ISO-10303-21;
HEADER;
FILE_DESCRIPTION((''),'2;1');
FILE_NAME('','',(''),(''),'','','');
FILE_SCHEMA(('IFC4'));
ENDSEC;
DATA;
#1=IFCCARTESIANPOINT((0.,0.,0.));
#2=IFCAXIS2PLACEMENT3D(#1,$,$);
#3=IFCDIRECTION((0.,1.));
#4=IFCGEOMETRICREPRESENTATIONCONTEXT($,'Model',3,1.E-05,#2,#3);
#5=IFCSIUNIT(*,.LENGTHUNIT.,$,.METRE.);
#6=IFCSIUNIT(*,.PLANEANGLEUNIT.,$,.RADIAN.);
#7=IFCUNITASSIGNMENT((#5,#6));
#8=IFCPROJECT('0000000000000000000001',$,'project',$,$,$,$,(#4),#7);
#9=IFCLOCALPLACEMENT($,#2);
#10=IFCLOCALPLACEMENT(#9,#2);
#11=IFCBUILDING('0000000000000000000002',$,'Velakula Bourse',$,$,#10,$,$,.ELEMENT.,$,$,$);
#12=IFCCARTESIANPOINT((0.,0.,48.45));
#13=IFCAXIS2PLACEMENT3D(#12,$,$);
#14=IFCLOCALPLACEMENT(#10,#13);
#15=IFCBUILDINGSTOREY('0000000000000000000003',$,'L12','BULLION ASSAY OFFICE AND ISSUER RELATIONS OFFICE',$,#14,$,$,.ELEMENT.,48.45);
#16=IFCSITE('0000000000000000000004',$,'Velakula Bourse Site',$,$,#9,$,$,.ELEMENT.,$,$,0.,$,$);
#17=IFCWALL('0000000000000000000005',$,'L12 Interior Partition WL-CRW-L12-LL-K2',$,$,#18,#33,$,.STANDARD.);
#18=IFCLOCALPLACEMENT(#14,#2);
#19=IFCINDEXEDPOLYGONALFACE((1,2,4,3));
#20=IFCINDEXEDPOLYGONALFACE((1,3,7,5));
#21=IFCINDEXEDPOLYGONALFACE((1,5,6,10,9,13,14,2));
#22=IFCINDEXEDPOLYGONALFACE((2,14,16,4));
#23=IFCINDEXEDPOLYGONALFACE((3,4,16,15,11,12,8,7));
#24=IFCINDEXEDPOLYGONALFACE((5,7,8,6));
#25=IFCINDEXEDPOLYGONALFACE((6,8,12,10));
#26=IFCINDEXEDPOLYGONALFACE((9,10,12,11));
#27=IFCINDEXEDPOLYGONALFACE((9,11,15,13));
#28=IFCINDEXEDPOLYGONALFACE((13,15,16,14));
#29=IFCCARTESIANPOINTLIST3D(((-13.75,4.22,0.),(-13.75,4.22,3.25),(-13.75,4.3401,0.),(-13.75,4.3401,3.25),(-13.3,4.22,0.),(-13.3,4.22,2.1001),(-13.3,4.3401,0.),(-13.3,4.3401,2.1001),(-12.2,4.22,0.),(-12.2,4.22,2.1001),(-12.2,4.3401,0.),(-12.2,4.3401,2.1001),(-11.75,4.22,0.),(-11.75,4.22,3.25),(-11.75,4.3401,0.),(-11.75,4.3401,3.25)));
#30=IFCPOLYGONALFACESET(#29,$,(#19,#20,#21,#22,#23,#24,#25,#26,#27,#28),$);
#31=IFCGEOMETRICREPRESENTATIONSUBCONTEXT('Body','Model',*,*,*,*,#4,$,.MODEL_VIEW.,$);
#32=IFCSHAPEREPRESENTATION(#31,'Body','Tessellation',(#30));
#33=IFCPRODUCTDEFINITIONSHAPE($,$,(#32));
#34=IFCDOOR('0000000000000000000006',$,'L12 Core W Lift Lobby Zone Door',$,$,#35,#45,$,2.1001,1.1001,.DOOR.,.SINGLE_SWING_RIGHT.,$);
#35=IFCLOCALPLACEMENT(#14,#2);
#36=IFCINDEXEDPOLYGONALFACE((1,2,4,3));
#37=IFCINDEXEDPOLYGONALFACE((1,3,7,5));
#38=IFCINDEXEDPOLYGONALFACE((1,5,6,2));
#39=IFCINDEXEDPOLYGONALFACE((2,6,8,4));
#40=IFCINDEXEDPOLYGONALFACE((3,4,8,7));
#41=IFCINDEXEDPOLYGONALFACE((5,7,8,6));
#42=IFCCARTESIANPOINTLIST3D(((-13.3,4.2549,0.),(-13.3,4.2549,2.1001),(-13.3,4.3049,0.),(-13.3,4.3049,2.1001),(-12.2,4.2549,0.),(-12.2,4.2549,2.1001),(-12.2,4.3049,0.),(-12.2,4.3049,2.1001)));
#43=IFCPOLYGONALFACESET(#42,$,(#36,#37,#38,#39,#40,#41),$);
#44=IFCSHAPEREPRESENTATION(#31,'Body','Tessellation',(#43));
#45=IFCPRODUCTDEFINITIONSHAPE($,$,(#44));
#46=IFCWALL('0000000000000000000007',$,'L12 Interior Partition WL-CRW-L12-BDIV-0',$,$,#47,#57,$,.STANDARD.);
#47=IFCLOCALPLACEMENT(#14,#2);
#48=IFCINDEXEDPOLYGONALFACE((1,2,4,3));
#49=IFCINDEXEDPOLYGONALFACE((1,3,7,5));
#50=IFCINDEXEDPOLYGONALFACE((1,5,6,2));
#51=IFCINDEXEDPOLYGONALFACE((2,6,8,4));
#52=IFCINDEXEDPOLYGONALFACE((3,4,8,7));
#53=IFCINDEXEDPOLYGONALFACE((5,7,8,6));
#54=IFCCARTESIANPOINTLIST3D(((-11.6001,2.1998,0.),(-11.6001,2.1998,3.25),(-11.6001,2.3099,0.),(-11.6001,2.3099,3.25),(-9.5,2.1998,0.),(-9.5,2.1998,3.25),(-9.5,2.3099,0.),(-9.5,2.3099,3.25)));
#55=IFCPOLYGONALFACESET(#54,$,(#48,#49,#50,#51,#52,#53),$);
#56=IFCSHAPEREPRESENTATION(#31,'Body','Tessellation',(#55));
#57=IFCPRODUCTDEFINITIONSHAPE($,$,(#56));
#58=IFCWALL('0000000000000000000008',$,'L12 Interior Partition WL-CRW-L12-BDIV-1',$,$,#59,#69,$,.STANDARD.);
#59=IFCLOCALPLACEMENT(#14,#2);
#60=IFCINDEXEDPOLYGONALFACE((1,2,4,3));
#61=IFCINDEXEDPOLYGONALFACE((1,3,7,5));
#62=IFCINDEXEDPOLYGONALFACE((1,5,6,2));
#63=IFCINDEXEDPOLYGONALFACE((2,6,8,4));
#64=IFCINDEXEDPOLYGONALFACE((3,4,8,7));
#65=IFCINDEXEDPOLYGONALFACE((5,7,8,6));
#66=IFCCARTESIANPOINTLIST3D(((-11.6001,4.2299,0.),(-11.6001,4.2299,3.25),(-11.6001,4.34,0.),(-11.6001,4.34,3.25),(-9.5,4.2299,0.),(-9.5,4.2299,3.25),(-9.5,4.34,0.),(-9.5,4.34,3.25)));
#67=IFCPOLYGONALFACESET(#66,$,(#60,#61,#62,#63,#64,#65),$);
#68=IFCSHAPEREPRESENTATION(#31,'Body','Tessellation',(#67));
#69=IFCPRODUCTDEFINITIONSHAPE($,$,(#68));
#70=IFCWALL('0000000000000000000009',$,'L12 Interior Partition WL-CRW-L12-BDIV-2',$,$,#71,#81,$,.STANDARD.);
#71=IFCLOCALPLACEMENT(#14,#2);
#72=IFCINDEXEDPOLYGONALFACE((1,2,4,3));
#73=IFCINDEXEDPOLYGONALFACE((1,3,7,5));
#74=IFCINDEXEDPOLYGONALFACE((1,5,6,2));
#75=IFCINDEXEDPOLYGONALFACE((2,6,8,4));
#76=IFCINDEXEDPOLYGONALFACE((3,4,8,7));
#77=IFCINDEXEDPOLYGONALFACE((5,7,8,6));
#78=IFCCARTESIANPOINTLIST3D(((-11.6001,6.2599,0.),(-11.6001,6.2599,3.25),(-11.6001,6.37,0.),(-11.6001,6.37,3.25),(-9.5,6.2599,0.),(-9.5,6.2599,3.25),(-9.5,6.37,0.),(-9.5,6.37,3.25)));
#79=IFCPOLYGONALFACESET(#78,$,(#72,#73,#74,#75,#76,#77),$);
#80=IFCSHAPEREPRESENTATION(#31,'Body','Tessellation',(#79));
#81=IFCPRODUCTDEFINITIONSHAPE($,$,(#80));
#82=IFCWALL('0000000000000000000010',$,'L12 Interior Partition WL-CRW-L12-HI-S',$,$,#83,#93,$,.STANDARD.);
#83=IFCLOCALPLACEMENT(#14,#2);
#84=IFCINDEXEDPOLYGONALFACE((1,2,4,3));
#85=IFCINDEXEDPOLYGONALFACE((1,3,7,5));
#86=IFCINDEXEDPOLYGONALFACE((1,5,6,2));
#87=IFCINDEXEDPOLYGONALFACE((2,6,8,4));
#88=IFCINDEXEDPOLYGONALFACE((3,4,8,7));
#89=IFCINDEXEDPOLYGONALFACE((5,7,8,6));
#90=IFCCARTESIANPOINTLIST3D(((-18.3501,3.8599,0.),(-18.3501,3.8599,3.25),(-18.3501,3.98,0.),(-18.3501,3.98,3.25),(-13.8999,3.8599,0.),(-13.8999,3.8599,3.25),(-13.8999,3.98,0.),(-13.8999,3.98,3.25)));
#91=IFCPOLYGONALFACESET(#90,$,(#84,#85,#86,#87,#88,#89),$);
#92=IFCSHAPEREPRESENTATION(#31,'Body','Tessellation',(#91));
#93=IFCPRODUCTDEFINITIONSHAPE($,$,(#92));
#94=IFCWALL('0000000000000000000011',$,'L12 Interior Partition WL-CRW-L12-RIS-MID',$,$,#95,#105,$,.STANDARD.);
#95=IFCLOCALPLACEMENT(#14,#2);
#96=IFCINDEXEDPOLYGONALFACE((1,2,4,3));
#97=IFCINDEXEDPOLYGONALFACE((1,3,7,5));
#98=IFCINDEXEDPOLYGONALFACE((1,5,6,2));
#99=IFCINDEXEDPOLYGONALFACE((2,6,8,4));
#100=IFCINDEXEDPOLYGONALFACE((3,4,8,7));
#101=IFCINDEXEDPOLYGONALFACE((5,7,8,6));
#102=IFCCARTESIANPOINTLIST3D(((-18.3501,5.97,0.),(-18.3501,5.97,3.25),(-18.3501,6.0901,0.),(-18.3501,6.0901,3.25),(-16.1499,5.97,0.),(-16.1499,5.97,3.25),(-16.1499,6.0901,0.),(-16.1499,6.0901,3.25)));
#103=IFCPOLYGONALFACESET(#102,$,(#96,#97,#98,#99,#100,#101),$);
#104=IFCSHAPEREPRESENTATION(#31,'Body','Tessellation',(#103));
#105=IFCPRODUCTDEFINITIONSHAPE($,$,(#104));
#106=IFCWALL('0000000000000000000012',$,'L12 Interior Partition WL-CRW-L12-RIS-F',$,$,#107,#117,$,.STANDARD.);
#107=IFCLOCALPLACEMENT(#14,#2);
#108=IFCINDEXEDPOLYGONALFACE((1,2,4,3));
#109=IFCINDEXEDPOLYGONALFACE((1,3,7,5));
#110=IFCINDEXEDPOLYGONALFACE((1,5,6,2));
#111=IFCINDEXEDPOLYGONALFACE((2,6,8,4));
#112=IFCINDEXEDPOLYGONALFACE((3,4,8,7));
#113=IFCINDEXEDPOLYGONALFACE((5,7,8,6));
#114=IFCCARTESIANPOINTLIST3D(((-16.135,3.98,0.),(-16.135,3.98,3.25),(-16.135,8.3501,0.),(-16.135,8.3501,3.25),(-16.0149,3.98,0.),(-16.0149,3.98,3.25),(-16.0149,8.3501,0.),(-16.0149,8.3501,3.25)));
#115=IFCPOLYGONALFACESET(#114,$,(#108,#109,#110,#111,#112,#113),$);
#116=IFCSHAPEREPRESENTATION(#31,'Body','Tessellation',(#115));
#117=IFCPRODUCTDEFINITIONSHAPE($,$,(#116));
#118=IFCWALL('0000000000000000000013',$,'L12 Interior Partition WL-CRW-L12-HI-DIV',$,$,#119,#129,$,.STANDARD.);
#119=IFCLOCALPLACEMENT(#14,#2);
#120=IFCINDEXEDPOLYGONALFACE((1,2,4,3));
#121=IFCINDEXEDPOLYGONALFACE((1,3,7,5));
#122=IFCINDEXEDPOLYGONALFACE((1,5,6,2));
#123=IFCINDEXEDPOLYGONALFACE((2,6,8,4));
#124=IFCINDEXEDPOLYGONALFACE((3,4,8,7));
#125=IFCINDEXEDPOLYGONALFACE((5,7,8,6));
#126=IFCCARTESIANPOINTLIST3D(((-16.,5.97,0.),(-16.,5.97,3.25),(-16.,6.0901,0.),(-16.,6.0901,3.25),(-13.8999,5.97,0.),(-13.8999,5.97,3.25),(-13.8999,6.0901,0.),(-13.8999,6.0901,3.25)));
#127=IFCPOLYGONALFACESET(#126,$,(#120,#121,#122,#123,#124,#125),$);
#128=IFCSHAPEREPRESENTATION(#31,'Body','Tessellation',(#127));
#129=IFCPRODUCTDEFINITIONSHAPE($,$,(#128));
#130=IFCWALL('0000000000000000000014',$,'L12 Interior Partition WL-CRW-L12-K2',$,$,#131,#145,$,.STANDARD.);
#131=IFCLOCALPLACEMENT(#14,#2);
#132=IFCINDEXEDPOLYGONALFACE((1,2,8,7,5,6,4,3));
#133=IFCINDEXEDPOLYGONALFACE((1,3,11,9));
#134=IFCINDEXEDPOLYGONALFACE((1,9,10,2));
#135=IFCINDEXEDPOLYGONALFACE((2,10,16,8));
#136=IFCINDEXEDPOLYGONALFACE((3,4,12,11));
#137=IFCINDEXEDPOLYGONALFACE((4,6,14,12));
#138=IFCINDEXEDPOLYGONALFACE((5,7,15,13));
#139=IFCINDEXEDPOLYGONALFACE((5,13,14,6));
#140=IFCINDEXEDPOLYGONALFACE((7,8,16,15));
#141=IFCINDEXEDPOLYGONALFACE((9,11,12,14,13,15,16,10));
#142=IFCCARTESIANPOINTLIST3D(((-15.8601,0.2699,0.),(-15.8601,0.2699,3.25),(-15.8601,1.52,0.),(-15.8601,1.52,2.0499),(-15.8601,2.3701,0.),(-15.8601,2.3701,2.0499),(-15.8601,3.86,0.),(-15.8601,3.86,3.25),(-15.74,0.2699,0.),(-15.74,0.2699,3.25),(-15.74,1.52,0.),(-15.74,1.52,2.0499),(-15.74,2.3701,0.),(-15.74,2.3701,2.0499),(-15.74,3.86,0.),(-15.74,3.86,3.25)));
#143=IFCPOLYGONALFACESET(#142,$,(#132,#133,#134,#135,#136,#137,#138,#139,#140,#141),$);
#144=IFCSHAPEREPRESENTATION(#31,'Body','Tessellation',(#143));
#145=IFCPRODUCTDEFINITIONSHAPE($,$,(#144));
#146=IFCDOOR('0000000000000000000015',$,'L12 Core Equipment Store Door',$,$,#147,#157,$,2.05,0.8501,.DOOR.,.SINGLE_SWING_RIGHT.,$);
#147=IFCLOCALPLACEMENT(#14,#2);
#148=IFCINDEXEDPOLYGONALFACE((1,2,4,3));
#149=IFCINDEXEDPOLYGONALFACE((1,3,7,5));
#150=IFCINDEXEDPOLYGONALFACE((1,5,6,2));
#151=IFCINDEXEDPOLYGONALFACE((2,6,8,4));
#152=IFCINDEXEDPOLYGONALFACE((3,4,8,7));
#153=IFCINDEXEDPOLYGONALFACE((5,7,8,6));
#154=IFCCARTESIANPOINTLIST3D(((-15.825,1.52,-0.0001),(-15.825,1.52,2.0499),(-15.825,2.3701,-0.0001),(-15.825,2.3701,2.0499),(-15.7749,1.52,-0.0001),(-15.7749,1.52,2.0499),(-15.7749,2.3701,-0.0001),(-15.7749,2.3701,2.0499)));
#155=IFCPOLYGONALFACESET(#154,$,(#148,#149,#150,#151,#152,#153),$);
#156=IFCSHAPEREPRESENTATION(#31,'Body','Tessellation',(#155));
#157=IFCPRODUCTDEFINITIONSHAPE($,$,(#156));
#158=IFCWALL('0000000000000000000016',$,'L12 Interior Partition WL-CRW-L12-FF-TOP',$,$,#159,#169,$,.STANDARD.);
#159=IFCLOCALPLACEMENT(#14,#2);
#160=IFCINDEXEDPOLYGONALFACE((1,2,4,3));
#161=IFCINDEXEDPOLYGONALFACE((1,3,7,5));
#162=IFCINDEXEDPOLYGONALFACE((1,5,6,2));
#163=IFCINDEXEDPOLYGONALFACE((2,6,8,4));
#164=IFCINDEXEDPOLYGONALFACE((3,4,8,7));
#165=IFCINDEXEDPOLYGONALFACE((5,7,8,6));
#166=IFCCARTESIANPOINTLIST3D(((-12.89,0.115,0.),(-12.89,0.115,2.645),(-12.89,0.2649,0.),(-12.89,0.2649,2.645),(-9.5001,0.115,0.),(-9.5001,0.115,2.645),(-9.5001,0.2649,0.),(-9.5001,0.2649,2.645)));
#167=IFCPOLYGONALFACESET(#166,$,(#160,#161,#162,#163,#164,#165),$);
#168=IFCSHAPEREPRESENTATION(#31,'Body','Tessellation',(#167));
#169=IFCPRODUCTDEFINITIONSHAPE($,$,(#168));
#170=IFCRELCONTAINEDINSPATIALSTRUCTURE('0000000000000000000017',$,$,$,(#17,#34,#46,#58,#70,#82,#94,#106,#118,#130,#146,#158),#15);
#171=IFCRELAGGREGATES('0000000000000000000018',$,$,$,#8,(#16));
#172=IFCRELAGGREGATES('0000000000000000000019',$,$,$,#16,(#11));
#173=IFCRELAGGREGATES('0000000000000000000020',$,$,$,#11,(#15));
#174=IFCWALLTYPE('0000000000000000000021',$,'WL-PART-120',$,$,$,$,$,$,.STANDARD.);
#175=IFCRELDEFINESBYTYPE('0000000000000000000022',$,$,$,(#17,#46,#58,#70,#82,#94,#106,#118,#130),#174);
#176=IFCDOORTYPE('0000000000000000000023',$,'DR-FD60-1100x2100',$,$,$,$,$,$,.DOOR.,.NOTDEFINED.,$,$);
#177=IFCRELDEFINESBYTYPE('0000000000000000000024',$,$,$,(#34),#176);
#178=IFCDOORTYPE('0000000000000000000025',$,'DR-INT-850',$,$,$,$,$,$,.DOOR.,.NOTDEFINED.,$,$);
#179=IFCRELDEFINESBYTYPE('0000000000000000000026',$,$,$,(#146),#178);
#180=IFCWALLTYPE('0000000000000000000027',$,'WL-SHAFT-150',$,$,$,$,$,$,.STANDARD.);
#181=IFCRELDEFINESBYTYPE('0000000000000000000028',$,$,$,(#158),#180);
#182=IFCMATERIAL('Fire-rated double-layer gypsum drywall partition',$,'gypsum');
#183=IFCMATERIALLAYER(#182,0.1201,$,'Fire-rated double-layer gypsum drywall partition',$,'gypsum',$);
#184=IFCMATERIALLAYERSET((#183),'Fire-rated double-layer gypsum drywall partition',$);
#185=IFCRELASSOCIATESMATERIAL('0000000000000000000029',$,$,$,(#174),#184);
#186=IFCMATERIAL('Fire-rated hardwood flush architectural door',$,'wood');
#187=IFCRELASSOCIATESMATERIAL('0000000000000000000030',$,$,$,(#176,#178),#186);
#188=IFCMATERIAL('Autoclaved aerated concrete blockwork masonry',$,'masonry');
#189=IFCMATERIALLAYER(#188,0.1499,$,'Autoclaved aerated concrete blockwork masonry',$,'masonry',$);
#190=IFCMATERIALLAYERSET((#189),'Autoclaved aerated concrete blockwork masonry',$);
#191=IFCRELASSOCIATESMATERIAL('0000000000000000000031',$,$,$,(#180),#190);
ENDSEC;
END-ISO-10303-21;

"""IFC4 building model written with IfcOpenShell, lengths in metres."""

from ifc_helpers import new_model, si_unit, direction, frame, frame_2d, origin, place, context, subcontext, project, spatial, rectangle, extrude, material, layer, layer_set, type_object, element, fill, save


model = new_model("IFC4")

# Units and contexts
model_context = context("Model", 3, precision=1e-05, world=origin(), true_north=direction((0.0, 1.0)))
body_context = subcontext(model_context, "Body", "Model", "MODEL_VIEW")
ifc_project = project(units=[si_unit("LENGTHUNIT", "METRE"), si_unit("PLANEANGLEUNIT", "RADIAN")], contexts=[model_context])

# Site, building, storey
site_placement = place(None, origin())
site = spatial("IfcSite", under=ifc_project, at=site_placement, Name="Velakula Bourse Site", CompositionType="ELEMENT", RefElevation=0.0)
building_placement = place(site_placement, origin())
building = spatial("IfcBuilding", under=site, at=building_placement, Name="Velakula Bourse", CompositionType="ELEMENT")
storey_placement = place(building_placement, frame((0.0, 0.0, 48.45)))
storey = spatial("IfcBuildingStorey", under=building, at=storey_placement, Name="L12", Description="BULLION ASSAY OFFICE AND ISSUER RELATIONS OFFICE", CompositionType="ELEMENT", Elevation=48.45)

# Wall, opening, door
ifc_material_1 = material(Name="Fire-rated double-layer gypsum drywall partition", Category="gypsum")
ifc_layer_1 = layer(ifc_material_1, 0.1201, Name="Fire-rated double-layer gypsum drywall partition", Category="gypsum")
ifc_layer_set_1 = layer_set([ifc_layer_1], Name="Fire-rated double-layer gypsum drywall partition")
wall_type_1 = type_object("IfcWallType", Name="WL-PART-120", PredefinedType="STANDARD", material=ifc_layer_set_1)
wall_1_placement = place(storey_placement, frame((-13.75, 4.28, 0.0), z_axis=(0.0, 0.0, 1.0), x_axis=(1.0, 0.0, 0.0)))
wall_1 = element("IfcWall", 1, at=wall_1_placement, inside=storey, type_object=wall_type_1, Name="L12 Interior Partition WL-CRW-L12-LL-K2", PredefinedType="STANDARD", context=body_context, shape_type="SweptSolid", body=[
    extrude(rectangle(XDim=2.0, YDim=0.1201, at=frame_2d((1.0, 0.0))), origin(), (0.0, 0.0, 1.0), 3.25),
])
opening_1_placement = place(wall_1_placement, frame((0.45, 0.0, 0.0)))
opening_1 = element("IfcOpeningElement", 2, at=opening_1_placement, cuts=wall_1, PredefinedType="OPENING", context=body_context, shape_type="SweptSolid", body=[
    extrude(rectangle(XDim=1.1001, YDim=2.1001, at=frame_2d((0.55, 1.05))), frame((0.0, 0.0701, 0.0), z_axis=(0.0, -1.0, 0.0), x_axis=(1.0, 0.0, 0.0)), (0.0, 0.0, 1.0), 0.1401),
])
ifc_material_2 = material(Name="Fire-rated hardwood flush architectural door", Category="wood")
door_type_1 = type_object("IfcDoorType", Name="DR-FD60-1100x2100", OperationType="NOTDEFINED", PredefinedType="DOOR", material=ifc_material_2)
door_1_placement = place(opening_1_placement, origin())
door_1 = element("IfcDoor", 3, at=door_1_placement, inside=storey, type_object=door_type_1, Name="L12 Core W Lift Lobby Zone Door", OperationType="SINGLE_SWING_RIGHT", OverallHeight=2.1001, OverallWidth=1.1001, PredefinedType="DOOR", context=body_context, shape_type="SweptSolid", body=[
    extrude(rectangle(XDim=1.1001, YDim=2.1001, at=frame_2d((0.55, 1.05))), frame((0.0, 0.0249, 0.0), z_axis=(0.0, -1.0, 0.0), x_axis=(1.0, 0.0, 0.0)), (0.0, 0.0, 1.0), 0.05),
])
fill(opening_1, door_1)

# Walls
for number, where, z_axis, x_axis, name in (
    (4, (-11.6001, 2.2549, 0.0), (0.0, 0.0, 1.0), (1.0, 0.0, 0.0), "L12 Interior Partition WL-CRW-L12-BDIV-0"),
    (5, (-11.6001, 4.2849, 0.0), (0.0, 0.0, 1.0), (1.0, 0.0, 0.0), "L12 Interior Partition WL-CRW-L12-BDIV-1"),
    (6, (-11.6001, 6.3149, 0.0), (0.0, 0.0, 1.0), (1.0, 0.0, 0.0), "L12 Interior Partition WL-CRW-L12-BDIV-2"),
):
    element("IfcWall", number, at=place(storey_placement, frame(where, z_axis=z_axis, x_axis=x_axis)), inside=storey, type_object=wall_type_1, Name=name, PredefinedType="STANDARD", context=body_context, shape_type="SweptSolid", body=[
        extrude(rectangle(XDim=2.1001, YDim=0.1101, at=frame_2d((1.05, 0.0))), origin(), (0.0, 0.0, 1.0), 3.25),
    ])
wall_2_placement = place(storey_placement, frame((-18.3501, 3.9199, 0.0), z_axis=(0.0, 0.0, 1.0), x_axis=(1.0, 0.0, 0.0)))
element("IfcWall", 7, at=wall_2_placement, inside=storey, type_object=wall_type_1, Name="L12 Interior Partition WL-CRW-L12-HI-S", PredefinedType="STANDARD", context=body_context, shape_type="SweptSolid", body=[
    extrude(rectangle(XDim=4.4502, YDim=0.1201, at=frame_2d((2.2251, 0.0))), origin(), (0.0, 0.0, 1.0), 3.25),
])
wall_3_placement = place(storey_placement, frame((-18.3501, 6.03, 0.0), z_axis=(0.0, 0.0, 1.0), x_axis=(1.0, 0.0, 0.0)))
element("IfcWall", 8, at=wall_3_placement, inside=storey, type_object=wall_type_1, Name="L12 Interior Partition WL-CRW-L12-RIS-MID", PredefinedType="STANDARD", context=body_context, shape_type="SweptSolid", body=[
    extrude(rectangle(XDim=2.2002, YDim=0.1201, at=frame_2d((1.1001, 0.0))), origin(), (0.0, 0.0, 1.0), 3.25),
])
wall_4_placement = place(storey_placement, frame((-16.075, 3.98, 0.0), z_axis=(0.0, 0.0, 1.0), x_axis=(0.0, 1.0, 0.0)))
element("IfcWall", 9, at=wall_4_placement, inside=storey, type_object=wall_type_1, Name="L12 Interior Partition WL-CRW-L12-RIS-F", PredefinedType="STANDARD", context=body_context, shape_type="SweptSolid", body=[
    extrude(rectangle(XDim=4.3701, YDim=0.1201, at=frame_2d((2.1851, 0.0))), origin(), (0.0, 0.0, 1.0), 3.25),
])
wall_5_placement = place(storey_placement, frame((-16.0, 6.03, 0.0), z_axis=(0.0, 0.0, 1.0), x_axis=(1.0, 0.0, 0.0)))
element("IfcWall", 10, at=wall_5_placement, inside=storey, type_object=wall_type_1, Name="L12 Interior Partition WL-CRW-L12-HI-DIV", PredefinedType="STANDARD", context=body_context, shape_type="SweptSolid", body=[
    extrude(rectangle(XDim=2.1001, YDim=0.1201, at=frame_2d((1.05, 0.0))), origin(), (0.0, 0.0, 1.0), 3.25),
])

# Wall, opening, door
wall_6_placement = place(storey_placement, frame((-15.8, 0.27, 0.0), z_axis=(0.0, 0.0, 1.0), x_axis=(0.0, 1.0, 0.0)))
wall_6 = element("IfcWall", 11, at=wall_6_placement, inside=storey, type_object=wall_type_1, Name="L12 Interior Partition WL-CRW-L12-K2", PredefinedType="STANDARD", context=body_context, shape_type="SweptSolid", body=[
    extrude(rectangle(XDim=3.5901, YDim=0.1201, at=frame_2d((1.7949, 0.0))), origin(), (0.0, 0.0, 1.0), 3.25),
])
opening_2_placement = place(wall_6_placement, frame((1.25, 0.0, 0.0)))
opening_2 = element("IfcOpeningElement", 12, at=opening_2_placement, cuts=wall_6, PredefinedType="OPENING", context=body_context, shape_type="SweptSolid", body=[
    extrude(rectangle(XDim=0.8501, YDim=2.05, at=frame_2d((0.425, 1.0249))), frame((0.0, 0.0701, 0.0), z_axis=(0.0, -1.0, 0.0), x_axis=(1.0, 0.0, 0.0)), (0.0, 0.0, 1.0), 0.1401),
])
door_type_2 = type_object("IfcDoorType", Name="DR-INT-850", OperationType="NOTDEFINED", PredefinedType="DOOR", material=ifc_material_2)
door_2_placement = place(opening_2_placement, origin())
door_2 = element("IfcDoor", 13, at=door_2_placement, inside=storey, type_object=door_type_2, Name="L12 Core Equipment Store Door", OperationType="SINGLE_SWING_RIGHT", OverallHeight=2.05, OverallWidth=0.8501, PredefinedType="DOOR", context=body_context, shape_type="SweptSolid", body=[
    extrude(rectangle(XDim=0.8501, YDim=2.05, at=frame_2d((0.425, 1.0249))), frame((0.0, 0.0249, 0.0), z_axis=(0.0, -1.0, 0.0), x_axis=(1.0, 0.0, 0.0)), (0.0, 0.0, 1.0), 0.05),
])
fill(opening_2, door_2)

# Wall
ifc_material_3 = material(Name="Autoclaved aerated concrete blockwork masonry", Category="masonry")
ifc_layer_2 = layer(ifc_material_3, 0.1499, Name="Autoclaved aerated concrete blockwork masonry", Category="masonry")
ifc_layer_set_2 = layer_set([ifc_layer_2], Name="Autoclaved aerated concrete blockwork masonry")
wall_type_2 = type_object("IfcWallType", Name="WL-SHAFT-150", PredefinedType="STANDARD", material=ifc_layer_set_2)
wall_7_placement = place(storey_placement, frame((-12.8899, 0.1899, 0.0), z_axis=(0.0, 0.0, 1.0), x_axis=(1.0, 0.0, 0.0)))
element("IfcWall", 14, at=wall_7_placement, inside=storey, type_object=wall_type_2, Name="L12 Interior Partition WL-CRW-L12-FF-TOP", PredefinedType="STANDARD", context=body_context, shape_type="SweptSolid", body=[
    extrude(rectangle(XDim=3.3899, YDim=0.1499, at=frame_2d((1.6948, 0.0))), origin(), (0.0, 0.0, 1.0), 2.645),
])

save(model, "model.ifc")
